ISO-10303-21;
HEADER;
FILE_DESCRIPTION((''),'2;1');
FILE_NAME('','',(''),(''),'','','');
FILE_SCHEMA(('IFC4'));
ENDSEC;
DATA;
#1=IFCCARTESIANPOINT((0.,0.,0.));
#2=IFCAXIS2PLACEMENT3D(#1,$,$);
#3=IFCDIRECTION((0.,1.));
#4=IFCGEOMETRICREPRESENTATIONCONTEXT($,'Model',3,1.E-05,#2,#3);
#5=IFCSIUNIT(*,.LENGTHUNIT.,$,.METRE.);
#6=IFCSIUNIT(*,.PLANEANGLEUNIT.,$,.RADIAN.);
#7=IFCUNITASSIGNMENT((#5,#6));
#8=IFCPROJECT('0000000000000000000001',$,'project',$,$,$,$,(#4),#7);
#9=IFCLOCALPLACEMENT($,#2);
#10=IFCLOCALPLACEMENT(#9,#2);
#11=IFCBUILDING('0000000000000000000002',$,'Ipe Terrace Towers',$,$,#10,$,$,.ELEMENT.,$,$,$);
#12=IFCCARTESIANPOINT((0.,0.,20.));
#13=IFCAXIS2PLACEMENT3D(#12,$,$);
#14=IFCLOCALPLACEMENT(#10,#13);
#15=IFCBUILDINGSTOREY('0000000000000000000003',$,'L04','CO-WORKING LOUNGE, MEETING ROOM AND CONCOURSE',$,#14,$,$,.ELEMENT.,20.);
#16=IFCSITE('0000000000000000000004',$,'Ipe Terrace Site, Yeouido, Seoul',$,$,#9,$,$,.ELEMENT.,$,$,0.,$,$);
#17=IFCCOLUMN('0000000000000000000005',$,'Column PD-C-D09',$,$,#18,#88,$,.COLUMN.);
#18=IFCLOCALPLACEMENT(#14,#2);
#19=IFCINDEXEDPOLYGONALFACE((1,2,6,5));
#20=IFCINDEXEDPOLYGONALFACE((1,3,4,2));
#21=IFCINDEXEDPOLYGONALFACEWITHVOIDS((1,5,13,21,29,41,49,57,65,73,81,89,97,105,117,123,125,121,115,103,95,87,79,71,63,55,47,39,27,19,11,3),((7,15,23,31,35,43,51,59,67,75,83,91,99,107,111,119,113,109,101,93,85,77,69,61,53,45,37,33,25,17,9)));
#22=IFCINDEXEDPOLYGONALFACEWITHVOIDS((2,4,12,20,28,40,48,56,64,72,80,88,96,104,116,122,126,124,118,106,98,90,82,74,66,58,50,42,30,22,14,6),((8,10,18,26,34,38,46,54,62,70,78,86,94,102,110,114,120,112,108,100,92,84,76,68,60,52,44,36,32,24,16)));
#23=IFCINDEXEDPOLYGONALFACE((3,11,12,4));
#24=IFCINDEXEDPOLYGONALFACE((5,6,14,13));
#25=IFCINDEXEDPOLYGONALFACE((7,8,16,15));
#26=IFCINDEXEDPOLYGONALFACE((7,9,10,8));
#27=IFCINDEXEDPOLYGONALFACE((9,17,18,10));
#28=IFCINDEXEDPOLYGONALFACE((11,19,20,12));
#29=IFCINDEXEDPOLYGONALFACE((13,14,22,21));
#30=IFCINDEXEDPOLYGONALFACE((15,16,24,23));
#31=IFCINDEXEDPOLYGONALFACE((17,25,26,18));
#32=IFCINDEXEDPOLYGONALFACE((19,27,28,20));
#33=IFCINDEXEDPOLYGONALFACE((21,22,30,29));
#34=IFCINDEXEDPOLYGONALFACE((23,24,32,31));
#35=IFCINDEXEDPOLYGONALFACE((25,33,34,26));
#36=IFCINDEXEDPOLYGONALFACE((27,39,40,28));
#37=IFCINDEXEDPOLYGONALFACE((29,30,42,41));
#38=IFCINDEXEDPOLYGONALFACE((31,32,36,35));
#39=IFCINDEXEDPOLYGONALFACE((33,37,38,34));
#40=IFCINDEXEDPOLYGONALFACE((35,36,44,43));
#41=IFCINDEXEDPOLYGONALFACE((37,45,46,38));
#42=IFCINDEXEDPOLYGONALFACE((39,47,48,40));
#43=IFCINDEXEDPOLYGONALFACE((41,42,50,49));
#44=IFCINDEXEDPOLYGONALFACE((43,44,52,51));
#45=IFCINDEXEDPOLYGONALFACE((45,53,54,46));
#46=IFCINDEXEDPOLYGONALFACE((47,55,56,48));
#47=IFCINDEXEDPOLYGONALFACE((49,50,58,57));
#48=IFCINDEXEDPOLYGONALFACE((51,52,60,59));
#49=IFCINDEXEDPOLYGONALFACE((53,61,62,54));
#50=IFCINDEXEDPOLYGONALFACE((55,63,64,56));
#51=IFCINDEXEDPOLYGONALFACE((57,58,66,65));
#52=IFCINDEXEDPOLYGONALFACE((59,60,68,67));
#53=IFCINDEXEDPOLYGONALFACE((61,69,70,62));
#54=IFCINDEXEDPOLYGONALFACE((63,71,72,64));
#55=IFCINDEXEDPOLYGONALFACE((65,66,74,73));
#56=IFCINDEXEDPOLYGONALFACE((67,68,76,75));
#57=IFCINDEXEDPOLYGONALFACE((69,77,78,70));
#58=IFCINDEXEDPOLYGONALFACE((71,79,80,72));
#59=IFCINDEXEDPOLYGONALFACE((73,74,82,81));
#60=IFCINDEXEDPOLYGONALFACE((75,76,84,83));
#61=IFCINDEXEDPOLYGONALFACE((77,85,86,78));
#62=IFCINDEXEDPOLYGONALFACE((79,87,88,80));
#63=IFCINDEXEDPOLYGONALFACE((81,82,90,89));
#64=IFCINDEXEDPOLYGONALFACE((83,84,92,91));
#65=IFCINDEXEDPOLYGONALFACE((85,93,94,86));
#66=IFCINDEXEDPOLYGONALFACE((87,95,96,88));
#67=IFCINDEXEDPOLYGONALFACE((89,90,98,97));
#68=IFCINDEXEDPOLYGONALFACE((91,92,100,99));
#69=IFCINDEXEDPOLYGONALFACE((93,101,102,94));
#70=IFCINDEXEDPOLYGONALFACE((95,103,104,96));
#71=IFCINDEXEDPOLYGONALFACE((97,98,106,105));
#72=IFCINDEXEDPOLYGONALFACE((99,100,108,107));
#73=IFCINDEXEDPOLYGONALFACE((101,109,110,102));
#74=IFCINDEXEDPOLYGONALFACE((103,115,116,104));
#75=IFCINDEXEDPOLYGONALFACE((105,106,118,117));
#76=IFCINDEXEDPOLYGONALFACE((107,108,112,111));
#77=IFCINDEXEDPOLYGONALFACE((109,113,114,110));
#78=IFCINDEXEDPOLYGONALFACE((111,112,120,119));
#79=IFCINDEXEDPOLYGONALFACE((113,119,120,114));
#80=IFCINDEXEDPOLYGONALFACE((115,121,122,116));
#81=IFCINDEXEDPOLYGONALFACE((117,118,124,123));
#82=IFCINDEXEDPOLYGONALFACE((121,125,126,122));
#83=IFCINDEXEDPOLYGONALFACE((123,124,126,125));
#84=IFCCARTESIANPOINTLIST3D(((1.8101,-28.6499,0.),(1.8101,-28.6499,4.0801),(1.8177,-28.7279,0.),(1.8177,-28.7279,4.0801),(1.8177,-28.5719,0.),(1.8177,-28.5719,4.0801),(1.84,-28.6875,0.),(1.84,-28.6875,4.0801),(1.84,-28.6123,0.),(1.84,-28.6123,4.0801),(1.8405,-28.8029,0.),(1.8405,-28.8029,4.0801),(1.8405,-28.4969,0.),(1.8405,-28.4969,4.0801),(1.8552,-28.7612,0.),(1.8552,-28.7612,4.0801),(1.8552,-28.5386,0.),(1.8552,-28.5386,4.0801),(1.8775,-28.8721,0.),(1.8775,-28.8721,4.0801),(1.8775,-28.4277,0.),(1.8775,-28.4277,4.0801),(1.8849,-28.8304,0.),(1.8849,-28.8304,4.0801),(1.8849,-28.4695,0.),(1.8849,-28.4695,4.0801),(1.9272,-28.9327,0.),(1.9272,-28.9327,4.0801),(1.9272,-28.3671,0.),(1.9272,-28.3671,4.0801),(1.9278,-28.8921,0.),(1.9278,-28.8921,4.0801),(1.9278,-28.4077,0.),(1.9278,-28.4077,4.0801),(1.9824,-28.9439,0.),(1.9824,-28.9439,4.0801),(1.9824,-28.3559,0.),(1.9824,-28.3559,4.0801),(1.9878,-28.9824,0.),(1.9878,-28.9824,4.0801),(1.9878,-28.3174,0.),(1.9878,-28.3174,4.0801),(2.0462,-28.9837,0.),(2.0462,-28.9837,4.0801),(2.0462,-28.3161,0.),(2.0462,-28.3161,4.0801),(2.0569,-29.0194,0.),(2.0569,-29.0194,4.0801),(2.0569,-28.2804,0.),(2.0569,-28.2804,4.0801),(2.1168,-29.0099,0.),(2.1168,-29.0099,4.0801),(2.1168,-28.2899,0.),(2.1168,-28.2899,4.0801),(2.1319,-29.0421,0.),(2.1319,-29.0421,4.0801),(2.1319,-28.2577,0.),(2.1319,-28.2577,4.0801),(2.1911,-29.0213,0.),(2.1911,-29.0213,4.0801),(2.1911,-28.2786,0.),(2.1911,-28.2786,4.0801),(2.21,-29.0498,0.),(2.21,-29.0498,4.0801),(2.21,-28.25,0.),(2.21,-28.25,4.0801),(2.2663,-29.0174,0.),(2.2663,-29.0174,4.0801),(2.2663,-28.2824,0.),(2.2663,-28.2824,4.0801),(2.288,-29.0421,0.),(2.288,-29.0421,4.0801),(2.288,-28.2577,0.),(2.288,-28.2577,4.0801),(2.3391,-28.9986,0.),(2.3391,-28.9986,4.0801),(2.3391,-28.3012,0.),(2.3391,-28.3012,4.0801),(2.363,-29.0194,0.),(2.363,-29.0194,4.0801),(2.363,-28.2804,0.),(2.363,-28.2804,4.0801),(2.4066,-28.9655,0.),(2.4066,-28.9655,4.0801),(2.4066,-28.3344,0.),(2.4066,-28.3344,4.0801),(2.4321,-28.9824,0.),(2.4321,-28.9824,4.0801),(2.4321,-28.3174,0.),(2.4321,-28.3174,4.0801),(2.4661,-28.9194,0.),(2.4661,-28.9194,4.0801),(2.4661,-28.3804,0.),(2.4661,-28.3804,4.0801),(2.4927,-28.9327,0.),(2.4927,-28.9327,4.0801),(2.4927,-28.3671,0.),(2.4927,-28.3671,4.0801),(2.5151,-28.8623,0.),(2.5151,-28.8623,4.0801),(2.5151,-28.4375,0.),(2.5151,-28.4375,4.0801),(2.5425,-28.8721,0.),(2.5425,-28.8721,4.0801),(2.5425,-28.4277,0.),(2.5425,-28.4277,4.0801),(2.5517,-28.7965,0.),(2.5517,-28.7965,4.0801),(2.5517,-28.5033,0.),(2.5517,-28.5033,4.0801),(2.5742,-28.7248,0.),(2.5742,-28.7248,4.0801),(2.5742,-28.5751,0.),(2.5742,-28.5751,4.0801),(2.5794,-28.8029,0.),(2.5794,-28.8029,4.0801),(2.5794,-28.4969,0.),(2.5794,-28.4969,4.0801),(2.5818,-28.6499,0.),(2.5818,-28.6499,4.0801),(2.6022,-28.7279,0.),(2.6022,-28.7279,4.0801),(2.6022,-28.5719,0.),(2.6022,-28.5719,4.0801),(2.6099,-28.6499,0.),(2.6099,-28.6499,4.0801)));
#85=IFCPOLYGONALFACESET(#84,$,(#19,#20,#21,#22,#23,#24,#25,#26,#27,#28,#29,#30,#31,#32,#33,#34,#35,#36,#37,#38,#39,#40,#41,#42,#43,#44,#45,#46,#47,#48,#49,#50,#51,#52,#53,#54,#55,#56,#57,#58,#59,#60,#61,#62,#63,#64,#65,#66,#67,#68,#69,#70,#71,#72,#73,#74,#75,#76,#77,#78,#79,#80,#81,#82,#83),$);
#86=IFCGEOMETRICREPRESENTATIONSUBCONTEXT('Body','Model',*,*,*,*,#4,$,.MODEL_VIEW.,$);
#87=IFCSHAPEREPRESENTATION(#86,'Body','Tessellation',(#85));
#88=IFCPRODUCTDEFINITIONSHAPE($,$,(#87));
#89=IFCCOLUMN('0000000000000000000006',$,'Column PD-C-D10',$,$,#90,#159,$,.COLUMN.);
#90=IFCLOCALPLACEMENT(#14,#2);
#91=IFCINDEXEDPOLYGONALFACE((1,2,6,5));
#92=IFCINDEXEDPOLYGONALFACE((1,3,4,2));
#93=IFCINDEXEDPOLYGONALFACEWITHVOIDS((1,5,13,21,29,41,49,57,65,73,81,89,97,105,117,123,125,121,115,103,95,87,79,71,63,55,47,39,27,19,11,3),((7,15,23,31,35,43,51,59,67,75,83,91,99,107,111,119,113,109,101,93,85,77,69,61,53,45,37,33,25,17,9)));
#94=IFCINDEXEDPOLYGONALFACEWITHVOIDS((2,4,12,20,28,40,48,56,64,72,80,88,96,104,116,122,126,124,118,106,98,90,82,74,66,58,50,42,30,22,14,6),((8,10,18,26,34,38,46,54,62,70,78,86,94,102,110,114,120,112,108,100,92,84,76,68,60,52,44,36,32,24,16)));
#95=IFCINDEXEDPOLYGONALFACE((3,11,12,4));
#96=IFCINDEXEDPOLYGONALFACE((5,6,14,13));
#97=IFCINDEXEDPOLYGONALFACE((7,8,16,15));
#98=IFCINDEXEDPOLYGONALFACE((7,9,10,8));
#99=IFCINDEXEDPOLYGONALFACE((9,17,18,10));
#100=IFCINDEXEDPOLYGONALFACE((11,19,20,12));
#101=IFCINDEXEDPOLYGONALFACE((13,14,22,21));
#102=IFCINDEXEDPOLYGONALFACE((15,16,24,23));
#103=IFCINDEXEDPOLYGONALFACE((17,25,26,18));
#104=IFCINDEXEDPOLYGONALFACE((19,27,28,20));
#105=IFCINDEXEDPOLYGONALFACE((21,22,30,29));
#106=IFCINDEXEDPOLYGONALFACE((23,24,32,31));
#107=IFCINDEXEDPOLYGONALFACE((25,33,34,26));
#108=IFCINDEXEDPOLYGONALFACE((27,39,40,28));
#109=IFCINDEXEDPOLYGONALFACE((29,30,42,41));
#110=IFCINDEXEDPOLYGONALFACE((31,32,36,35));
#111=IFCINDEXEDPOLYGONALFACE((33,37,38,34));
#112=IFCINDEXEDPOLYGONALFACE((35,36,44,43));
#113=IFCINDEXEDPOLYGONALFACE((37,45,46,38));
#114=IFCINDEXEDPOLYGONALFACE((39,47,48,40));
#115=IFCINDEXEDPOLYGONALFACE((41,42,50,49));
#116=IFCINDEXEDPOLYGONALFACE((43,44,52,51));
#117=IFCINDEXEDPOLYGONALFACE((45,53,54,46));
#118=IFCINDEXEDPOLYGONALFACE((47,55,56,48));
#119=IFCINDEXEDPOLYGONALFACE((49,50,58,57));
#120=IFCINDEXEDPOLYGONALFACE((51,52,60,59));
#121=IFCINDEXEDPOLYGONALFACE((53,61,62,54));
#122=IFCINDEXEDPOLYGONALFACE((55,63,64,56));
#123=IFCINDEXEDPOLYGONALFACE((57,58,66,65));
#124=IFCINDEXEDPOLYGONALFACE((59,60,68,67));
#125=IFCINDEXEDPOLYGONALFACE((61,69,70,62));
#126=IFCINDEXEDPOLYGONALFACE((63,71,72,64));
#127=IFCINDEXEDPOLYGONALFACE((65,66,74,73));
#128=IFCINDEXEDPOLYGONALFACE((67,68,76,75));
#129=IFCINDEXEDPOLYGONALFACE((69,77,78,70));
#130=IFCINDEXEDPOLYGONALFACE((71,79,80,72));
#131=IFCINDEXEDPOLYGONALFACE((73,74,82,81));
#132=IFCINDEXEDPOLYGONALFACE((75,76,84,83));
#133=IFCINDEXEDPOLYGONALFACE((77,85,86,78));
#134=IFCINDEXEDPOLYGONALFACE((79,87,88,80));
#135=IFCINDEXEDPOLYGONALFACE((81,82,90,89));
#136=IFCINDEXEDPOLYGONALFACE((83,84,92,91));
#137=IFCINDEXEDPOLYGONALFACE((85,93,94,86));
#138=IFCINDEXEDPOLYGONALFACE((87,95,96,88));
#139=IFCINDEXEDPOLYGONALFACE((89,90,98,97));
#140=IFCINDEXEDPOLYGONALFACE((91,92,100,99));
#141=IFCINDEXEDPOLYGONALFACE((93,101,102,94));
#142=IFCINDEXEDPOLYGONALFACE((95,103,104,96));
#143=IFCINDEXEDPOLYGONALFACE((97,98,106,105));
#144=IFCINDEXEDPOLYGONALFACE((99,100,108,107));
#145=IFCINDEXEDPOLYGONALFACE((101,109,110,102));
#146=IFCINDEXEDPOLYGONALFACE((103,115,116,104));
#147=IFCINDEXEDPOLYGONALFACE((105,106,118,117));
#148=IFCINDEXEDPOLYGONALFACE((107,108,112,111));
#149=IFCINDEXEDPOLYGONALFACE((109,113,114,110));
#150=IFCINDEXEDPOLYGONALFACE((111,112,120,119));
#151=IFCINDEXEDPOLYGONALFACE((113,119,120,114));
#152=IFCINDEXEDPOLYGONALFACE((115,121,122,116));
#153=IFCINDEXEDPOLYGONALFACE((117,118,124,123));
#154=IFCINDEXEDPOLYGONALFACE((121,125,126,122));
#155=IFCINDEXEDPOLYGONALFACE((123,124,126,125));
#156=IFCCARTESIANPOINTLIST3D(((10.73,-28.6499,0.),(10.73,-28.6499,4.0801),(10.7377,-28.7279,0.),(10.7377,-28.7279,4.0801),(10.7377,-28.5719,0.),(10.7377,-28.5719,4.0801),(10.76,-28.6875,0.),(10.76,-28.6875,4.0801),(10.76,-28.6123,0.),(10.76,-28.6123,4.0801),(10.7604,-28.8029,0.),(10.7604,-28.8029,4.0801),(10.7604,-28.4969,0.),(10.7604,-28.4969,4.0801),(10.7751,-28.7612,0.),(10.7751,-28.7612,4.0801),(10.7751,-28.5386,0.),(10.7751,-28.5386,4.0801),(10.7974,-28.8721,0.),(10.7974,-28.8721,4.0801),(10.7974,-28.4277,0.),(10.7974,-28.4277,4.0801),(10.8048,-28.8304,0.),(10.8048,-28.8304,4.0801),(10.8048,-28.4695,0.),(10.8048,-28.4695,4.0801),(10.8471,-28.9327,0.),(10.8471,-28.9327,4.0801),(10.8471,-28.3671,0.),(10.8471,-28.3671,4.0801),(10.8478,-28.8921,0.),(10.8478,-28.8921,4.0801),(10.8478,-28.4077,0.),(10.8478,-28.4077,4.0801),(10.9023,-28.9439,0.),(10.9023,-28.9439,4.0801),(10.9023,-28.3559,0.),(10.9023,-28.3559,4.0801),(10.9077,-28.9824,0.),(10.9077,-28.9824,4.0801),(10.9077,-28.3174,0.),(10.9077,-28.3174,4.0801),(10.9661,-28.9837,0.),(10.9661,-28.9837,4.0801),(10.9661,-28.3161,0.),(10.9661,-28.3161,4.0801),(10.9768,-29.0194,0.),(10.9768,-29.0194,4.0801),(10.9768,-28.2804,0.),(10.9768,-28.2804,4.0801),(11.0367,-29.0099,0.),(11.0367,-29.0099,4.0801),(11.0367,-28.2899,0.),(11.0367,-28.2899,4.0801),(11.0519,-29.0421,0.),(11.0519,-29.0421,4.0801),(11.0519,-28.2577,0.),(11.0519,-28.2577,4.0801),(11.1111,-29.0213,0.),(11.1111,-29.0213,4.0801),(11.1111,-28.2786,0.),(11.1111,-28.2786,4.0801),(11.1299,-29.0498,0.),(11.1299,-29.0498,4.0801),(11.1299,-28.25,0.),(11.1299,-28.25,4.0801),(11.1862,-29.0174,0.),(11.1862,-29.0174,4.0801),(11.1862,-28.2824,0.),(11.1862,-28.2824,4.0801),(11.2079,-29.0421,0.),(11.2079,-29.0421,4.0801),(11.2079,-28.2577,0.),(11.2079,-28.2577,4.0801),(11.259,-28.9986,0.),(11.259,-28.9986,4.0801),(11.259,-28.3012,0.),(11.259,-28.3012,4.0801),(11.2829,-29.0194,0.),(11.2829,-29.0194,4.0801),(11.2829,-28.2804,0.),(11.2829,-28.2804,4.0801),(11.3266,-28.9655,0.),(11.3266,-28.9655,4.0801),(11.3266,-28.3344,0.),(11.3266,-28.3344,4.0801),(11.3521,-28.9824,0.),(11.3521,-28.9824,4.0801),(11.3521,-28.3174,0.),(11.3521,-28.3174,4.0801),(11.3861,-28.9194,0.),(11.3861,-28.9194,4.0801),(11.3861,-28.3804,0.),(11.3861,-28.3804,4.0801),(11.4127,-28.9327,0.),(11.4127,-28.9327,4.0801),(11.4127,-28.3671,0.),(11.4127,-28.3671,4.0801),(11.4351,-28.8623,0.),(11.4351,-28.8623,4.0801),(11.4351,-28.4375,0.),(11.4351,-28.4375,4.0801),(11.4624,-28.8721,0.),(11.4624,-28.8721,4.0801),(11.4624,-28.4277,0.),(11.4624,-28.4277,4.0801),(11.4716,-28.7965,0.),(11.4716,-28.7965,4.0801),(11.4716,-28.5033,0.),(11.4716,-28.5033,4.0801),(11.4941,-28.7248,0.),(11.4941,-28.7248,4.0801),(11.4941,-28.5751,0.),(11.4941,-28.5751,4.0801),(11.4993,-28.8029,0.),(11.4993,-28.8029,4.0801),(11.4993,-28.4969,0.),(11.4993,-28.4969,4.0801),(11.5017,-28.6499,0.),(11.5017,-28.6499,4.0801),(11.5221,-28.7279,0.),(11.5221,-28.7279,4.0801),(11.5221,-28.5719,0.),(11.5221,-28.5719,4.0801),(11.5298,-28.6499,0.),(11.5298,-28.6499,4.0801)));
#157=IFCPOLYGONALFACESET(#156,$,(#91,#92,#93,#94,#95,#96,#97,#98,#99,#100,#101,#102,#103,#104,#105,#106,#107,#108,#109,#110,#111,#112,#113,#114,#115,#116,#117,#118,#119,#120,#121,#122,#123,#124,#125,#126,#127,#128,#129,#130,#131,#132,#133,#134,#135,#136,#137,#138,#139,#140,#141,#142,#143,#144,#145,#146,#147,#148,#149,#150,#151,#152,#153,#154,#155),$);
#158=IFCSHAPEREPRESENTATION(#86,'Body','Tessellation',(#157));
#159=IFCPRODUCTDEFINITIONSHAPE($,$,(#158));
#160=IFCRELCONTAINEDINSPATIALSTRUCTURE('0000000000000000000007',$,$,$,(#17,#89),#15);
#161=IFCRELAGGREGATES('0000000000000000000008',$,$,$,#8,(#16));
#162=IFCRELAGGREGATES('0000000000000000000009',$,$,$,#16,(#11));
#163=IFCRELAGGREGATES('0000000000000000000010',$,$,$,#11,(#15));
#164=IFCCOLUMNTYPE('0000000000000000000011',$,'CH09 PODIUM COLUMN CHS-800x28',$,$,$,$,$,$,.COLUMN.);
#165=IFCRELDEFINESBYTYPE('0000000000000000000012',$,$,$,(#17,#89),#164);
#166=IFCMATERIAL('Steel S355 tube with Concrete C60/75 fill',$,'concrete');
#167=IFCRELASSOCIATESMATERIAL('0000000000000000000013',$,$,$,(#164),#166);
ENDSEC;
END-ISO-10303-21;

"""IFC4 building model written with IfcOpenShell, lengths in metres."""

from ifc_helpers import new_model, si_unit, direction, frame, origin, origin_2d, place, context, subcontext, project, spatial, hollow_circle, extrude, material, material_profile, profile_set, type_object, element, save


model = new_model("IFC4")

# Units and contexts
model_context = context("Model", 3, precision=1e-05, world=origin(), true_north=direction((0.0, 1.0)))
body_context = subcontext(model_context, "Body", "Model", "MODEL_VIEW")
ifc_project = project(units=[si_unit("LENGTHUNIT", "METRE"), si_unit("PLANEANGLEUNIT", "RADIAN")], contexts=[model_context])

# Site, building, storey
site_placement = place(None, origin())
site = spatial("IfcSite", under=ifc_project, at=site_placement, Name="Ipe Terrace Site, Yeouido, Seoul", CompositionType="ELEMENT", RefElevation=0.0)
building_placement = place(site_placement, origin())
building = spatial("IfcBuilding", under=site, at=building_placement, Name="Ipe Terrace Towers", CompositionType="ELEMENT")
storey_placement = place(building_placement, frame((0.0, 0.0, 20.0)))
storey = spatial("IfcBuildingStorey", under=building, at=storey_placement, Name="L04", Description="CO-WORKING LOUNGE, MEETING ROOM AND CONCOURSE", CompositionType="ELEMENT", Elevation=20.0)

# Columns
ifc_material_1 = material(Name="Steel S355 tube with Concrete C60/75 fill", Category="concrete")
ifc_material_profile_1 = material_profile(ifc_material_1, hollow_circle(Radius=0.3999, WallThickness=0.0281, at=origin_2d()), Name="CHS-800x28")
ifc_profile_set_1 = profile_set([ifc_material_profile_1], Name="Steel S355 tube with Concrete C60/75 fill")
column_type = type_object("IfcColumnType", Name="CH09 PODIUM COLUMN CHS-800x28", PredefinedType="COLUMN", material=ifc_profile_set_1)
for number, where, z_axis, x_axis, name in (
    (1, (2.21, -28.6499, 0.0), (0.0, 0.0, 1.0), (1.0, 0.0, 0.0), "Column PD-C-D09"),
    (2, (11.1299, -28.6499, 0.0), (0.0, 0.0, 1.0), (1.0, 0.0, 0.0), "Column PD-C-D10"),
):
    element("IfcColumn", number, at=place(storey_placement, frame(where, z_axis=z_axis, x_axis=x_axis)), inside=storey, type_object=column_type, Name=name, PredefinedType="COLUMN", context=body_context, shape_type="SweptSolid", body=[
        extrude(hollow_circle(Radius=0.3999, WallThickness=0.0281, at=origin_2d()), origin(), (0.0, 0.0, 1.0), 4.0801),
    ])

save(model, "model.ifc")
